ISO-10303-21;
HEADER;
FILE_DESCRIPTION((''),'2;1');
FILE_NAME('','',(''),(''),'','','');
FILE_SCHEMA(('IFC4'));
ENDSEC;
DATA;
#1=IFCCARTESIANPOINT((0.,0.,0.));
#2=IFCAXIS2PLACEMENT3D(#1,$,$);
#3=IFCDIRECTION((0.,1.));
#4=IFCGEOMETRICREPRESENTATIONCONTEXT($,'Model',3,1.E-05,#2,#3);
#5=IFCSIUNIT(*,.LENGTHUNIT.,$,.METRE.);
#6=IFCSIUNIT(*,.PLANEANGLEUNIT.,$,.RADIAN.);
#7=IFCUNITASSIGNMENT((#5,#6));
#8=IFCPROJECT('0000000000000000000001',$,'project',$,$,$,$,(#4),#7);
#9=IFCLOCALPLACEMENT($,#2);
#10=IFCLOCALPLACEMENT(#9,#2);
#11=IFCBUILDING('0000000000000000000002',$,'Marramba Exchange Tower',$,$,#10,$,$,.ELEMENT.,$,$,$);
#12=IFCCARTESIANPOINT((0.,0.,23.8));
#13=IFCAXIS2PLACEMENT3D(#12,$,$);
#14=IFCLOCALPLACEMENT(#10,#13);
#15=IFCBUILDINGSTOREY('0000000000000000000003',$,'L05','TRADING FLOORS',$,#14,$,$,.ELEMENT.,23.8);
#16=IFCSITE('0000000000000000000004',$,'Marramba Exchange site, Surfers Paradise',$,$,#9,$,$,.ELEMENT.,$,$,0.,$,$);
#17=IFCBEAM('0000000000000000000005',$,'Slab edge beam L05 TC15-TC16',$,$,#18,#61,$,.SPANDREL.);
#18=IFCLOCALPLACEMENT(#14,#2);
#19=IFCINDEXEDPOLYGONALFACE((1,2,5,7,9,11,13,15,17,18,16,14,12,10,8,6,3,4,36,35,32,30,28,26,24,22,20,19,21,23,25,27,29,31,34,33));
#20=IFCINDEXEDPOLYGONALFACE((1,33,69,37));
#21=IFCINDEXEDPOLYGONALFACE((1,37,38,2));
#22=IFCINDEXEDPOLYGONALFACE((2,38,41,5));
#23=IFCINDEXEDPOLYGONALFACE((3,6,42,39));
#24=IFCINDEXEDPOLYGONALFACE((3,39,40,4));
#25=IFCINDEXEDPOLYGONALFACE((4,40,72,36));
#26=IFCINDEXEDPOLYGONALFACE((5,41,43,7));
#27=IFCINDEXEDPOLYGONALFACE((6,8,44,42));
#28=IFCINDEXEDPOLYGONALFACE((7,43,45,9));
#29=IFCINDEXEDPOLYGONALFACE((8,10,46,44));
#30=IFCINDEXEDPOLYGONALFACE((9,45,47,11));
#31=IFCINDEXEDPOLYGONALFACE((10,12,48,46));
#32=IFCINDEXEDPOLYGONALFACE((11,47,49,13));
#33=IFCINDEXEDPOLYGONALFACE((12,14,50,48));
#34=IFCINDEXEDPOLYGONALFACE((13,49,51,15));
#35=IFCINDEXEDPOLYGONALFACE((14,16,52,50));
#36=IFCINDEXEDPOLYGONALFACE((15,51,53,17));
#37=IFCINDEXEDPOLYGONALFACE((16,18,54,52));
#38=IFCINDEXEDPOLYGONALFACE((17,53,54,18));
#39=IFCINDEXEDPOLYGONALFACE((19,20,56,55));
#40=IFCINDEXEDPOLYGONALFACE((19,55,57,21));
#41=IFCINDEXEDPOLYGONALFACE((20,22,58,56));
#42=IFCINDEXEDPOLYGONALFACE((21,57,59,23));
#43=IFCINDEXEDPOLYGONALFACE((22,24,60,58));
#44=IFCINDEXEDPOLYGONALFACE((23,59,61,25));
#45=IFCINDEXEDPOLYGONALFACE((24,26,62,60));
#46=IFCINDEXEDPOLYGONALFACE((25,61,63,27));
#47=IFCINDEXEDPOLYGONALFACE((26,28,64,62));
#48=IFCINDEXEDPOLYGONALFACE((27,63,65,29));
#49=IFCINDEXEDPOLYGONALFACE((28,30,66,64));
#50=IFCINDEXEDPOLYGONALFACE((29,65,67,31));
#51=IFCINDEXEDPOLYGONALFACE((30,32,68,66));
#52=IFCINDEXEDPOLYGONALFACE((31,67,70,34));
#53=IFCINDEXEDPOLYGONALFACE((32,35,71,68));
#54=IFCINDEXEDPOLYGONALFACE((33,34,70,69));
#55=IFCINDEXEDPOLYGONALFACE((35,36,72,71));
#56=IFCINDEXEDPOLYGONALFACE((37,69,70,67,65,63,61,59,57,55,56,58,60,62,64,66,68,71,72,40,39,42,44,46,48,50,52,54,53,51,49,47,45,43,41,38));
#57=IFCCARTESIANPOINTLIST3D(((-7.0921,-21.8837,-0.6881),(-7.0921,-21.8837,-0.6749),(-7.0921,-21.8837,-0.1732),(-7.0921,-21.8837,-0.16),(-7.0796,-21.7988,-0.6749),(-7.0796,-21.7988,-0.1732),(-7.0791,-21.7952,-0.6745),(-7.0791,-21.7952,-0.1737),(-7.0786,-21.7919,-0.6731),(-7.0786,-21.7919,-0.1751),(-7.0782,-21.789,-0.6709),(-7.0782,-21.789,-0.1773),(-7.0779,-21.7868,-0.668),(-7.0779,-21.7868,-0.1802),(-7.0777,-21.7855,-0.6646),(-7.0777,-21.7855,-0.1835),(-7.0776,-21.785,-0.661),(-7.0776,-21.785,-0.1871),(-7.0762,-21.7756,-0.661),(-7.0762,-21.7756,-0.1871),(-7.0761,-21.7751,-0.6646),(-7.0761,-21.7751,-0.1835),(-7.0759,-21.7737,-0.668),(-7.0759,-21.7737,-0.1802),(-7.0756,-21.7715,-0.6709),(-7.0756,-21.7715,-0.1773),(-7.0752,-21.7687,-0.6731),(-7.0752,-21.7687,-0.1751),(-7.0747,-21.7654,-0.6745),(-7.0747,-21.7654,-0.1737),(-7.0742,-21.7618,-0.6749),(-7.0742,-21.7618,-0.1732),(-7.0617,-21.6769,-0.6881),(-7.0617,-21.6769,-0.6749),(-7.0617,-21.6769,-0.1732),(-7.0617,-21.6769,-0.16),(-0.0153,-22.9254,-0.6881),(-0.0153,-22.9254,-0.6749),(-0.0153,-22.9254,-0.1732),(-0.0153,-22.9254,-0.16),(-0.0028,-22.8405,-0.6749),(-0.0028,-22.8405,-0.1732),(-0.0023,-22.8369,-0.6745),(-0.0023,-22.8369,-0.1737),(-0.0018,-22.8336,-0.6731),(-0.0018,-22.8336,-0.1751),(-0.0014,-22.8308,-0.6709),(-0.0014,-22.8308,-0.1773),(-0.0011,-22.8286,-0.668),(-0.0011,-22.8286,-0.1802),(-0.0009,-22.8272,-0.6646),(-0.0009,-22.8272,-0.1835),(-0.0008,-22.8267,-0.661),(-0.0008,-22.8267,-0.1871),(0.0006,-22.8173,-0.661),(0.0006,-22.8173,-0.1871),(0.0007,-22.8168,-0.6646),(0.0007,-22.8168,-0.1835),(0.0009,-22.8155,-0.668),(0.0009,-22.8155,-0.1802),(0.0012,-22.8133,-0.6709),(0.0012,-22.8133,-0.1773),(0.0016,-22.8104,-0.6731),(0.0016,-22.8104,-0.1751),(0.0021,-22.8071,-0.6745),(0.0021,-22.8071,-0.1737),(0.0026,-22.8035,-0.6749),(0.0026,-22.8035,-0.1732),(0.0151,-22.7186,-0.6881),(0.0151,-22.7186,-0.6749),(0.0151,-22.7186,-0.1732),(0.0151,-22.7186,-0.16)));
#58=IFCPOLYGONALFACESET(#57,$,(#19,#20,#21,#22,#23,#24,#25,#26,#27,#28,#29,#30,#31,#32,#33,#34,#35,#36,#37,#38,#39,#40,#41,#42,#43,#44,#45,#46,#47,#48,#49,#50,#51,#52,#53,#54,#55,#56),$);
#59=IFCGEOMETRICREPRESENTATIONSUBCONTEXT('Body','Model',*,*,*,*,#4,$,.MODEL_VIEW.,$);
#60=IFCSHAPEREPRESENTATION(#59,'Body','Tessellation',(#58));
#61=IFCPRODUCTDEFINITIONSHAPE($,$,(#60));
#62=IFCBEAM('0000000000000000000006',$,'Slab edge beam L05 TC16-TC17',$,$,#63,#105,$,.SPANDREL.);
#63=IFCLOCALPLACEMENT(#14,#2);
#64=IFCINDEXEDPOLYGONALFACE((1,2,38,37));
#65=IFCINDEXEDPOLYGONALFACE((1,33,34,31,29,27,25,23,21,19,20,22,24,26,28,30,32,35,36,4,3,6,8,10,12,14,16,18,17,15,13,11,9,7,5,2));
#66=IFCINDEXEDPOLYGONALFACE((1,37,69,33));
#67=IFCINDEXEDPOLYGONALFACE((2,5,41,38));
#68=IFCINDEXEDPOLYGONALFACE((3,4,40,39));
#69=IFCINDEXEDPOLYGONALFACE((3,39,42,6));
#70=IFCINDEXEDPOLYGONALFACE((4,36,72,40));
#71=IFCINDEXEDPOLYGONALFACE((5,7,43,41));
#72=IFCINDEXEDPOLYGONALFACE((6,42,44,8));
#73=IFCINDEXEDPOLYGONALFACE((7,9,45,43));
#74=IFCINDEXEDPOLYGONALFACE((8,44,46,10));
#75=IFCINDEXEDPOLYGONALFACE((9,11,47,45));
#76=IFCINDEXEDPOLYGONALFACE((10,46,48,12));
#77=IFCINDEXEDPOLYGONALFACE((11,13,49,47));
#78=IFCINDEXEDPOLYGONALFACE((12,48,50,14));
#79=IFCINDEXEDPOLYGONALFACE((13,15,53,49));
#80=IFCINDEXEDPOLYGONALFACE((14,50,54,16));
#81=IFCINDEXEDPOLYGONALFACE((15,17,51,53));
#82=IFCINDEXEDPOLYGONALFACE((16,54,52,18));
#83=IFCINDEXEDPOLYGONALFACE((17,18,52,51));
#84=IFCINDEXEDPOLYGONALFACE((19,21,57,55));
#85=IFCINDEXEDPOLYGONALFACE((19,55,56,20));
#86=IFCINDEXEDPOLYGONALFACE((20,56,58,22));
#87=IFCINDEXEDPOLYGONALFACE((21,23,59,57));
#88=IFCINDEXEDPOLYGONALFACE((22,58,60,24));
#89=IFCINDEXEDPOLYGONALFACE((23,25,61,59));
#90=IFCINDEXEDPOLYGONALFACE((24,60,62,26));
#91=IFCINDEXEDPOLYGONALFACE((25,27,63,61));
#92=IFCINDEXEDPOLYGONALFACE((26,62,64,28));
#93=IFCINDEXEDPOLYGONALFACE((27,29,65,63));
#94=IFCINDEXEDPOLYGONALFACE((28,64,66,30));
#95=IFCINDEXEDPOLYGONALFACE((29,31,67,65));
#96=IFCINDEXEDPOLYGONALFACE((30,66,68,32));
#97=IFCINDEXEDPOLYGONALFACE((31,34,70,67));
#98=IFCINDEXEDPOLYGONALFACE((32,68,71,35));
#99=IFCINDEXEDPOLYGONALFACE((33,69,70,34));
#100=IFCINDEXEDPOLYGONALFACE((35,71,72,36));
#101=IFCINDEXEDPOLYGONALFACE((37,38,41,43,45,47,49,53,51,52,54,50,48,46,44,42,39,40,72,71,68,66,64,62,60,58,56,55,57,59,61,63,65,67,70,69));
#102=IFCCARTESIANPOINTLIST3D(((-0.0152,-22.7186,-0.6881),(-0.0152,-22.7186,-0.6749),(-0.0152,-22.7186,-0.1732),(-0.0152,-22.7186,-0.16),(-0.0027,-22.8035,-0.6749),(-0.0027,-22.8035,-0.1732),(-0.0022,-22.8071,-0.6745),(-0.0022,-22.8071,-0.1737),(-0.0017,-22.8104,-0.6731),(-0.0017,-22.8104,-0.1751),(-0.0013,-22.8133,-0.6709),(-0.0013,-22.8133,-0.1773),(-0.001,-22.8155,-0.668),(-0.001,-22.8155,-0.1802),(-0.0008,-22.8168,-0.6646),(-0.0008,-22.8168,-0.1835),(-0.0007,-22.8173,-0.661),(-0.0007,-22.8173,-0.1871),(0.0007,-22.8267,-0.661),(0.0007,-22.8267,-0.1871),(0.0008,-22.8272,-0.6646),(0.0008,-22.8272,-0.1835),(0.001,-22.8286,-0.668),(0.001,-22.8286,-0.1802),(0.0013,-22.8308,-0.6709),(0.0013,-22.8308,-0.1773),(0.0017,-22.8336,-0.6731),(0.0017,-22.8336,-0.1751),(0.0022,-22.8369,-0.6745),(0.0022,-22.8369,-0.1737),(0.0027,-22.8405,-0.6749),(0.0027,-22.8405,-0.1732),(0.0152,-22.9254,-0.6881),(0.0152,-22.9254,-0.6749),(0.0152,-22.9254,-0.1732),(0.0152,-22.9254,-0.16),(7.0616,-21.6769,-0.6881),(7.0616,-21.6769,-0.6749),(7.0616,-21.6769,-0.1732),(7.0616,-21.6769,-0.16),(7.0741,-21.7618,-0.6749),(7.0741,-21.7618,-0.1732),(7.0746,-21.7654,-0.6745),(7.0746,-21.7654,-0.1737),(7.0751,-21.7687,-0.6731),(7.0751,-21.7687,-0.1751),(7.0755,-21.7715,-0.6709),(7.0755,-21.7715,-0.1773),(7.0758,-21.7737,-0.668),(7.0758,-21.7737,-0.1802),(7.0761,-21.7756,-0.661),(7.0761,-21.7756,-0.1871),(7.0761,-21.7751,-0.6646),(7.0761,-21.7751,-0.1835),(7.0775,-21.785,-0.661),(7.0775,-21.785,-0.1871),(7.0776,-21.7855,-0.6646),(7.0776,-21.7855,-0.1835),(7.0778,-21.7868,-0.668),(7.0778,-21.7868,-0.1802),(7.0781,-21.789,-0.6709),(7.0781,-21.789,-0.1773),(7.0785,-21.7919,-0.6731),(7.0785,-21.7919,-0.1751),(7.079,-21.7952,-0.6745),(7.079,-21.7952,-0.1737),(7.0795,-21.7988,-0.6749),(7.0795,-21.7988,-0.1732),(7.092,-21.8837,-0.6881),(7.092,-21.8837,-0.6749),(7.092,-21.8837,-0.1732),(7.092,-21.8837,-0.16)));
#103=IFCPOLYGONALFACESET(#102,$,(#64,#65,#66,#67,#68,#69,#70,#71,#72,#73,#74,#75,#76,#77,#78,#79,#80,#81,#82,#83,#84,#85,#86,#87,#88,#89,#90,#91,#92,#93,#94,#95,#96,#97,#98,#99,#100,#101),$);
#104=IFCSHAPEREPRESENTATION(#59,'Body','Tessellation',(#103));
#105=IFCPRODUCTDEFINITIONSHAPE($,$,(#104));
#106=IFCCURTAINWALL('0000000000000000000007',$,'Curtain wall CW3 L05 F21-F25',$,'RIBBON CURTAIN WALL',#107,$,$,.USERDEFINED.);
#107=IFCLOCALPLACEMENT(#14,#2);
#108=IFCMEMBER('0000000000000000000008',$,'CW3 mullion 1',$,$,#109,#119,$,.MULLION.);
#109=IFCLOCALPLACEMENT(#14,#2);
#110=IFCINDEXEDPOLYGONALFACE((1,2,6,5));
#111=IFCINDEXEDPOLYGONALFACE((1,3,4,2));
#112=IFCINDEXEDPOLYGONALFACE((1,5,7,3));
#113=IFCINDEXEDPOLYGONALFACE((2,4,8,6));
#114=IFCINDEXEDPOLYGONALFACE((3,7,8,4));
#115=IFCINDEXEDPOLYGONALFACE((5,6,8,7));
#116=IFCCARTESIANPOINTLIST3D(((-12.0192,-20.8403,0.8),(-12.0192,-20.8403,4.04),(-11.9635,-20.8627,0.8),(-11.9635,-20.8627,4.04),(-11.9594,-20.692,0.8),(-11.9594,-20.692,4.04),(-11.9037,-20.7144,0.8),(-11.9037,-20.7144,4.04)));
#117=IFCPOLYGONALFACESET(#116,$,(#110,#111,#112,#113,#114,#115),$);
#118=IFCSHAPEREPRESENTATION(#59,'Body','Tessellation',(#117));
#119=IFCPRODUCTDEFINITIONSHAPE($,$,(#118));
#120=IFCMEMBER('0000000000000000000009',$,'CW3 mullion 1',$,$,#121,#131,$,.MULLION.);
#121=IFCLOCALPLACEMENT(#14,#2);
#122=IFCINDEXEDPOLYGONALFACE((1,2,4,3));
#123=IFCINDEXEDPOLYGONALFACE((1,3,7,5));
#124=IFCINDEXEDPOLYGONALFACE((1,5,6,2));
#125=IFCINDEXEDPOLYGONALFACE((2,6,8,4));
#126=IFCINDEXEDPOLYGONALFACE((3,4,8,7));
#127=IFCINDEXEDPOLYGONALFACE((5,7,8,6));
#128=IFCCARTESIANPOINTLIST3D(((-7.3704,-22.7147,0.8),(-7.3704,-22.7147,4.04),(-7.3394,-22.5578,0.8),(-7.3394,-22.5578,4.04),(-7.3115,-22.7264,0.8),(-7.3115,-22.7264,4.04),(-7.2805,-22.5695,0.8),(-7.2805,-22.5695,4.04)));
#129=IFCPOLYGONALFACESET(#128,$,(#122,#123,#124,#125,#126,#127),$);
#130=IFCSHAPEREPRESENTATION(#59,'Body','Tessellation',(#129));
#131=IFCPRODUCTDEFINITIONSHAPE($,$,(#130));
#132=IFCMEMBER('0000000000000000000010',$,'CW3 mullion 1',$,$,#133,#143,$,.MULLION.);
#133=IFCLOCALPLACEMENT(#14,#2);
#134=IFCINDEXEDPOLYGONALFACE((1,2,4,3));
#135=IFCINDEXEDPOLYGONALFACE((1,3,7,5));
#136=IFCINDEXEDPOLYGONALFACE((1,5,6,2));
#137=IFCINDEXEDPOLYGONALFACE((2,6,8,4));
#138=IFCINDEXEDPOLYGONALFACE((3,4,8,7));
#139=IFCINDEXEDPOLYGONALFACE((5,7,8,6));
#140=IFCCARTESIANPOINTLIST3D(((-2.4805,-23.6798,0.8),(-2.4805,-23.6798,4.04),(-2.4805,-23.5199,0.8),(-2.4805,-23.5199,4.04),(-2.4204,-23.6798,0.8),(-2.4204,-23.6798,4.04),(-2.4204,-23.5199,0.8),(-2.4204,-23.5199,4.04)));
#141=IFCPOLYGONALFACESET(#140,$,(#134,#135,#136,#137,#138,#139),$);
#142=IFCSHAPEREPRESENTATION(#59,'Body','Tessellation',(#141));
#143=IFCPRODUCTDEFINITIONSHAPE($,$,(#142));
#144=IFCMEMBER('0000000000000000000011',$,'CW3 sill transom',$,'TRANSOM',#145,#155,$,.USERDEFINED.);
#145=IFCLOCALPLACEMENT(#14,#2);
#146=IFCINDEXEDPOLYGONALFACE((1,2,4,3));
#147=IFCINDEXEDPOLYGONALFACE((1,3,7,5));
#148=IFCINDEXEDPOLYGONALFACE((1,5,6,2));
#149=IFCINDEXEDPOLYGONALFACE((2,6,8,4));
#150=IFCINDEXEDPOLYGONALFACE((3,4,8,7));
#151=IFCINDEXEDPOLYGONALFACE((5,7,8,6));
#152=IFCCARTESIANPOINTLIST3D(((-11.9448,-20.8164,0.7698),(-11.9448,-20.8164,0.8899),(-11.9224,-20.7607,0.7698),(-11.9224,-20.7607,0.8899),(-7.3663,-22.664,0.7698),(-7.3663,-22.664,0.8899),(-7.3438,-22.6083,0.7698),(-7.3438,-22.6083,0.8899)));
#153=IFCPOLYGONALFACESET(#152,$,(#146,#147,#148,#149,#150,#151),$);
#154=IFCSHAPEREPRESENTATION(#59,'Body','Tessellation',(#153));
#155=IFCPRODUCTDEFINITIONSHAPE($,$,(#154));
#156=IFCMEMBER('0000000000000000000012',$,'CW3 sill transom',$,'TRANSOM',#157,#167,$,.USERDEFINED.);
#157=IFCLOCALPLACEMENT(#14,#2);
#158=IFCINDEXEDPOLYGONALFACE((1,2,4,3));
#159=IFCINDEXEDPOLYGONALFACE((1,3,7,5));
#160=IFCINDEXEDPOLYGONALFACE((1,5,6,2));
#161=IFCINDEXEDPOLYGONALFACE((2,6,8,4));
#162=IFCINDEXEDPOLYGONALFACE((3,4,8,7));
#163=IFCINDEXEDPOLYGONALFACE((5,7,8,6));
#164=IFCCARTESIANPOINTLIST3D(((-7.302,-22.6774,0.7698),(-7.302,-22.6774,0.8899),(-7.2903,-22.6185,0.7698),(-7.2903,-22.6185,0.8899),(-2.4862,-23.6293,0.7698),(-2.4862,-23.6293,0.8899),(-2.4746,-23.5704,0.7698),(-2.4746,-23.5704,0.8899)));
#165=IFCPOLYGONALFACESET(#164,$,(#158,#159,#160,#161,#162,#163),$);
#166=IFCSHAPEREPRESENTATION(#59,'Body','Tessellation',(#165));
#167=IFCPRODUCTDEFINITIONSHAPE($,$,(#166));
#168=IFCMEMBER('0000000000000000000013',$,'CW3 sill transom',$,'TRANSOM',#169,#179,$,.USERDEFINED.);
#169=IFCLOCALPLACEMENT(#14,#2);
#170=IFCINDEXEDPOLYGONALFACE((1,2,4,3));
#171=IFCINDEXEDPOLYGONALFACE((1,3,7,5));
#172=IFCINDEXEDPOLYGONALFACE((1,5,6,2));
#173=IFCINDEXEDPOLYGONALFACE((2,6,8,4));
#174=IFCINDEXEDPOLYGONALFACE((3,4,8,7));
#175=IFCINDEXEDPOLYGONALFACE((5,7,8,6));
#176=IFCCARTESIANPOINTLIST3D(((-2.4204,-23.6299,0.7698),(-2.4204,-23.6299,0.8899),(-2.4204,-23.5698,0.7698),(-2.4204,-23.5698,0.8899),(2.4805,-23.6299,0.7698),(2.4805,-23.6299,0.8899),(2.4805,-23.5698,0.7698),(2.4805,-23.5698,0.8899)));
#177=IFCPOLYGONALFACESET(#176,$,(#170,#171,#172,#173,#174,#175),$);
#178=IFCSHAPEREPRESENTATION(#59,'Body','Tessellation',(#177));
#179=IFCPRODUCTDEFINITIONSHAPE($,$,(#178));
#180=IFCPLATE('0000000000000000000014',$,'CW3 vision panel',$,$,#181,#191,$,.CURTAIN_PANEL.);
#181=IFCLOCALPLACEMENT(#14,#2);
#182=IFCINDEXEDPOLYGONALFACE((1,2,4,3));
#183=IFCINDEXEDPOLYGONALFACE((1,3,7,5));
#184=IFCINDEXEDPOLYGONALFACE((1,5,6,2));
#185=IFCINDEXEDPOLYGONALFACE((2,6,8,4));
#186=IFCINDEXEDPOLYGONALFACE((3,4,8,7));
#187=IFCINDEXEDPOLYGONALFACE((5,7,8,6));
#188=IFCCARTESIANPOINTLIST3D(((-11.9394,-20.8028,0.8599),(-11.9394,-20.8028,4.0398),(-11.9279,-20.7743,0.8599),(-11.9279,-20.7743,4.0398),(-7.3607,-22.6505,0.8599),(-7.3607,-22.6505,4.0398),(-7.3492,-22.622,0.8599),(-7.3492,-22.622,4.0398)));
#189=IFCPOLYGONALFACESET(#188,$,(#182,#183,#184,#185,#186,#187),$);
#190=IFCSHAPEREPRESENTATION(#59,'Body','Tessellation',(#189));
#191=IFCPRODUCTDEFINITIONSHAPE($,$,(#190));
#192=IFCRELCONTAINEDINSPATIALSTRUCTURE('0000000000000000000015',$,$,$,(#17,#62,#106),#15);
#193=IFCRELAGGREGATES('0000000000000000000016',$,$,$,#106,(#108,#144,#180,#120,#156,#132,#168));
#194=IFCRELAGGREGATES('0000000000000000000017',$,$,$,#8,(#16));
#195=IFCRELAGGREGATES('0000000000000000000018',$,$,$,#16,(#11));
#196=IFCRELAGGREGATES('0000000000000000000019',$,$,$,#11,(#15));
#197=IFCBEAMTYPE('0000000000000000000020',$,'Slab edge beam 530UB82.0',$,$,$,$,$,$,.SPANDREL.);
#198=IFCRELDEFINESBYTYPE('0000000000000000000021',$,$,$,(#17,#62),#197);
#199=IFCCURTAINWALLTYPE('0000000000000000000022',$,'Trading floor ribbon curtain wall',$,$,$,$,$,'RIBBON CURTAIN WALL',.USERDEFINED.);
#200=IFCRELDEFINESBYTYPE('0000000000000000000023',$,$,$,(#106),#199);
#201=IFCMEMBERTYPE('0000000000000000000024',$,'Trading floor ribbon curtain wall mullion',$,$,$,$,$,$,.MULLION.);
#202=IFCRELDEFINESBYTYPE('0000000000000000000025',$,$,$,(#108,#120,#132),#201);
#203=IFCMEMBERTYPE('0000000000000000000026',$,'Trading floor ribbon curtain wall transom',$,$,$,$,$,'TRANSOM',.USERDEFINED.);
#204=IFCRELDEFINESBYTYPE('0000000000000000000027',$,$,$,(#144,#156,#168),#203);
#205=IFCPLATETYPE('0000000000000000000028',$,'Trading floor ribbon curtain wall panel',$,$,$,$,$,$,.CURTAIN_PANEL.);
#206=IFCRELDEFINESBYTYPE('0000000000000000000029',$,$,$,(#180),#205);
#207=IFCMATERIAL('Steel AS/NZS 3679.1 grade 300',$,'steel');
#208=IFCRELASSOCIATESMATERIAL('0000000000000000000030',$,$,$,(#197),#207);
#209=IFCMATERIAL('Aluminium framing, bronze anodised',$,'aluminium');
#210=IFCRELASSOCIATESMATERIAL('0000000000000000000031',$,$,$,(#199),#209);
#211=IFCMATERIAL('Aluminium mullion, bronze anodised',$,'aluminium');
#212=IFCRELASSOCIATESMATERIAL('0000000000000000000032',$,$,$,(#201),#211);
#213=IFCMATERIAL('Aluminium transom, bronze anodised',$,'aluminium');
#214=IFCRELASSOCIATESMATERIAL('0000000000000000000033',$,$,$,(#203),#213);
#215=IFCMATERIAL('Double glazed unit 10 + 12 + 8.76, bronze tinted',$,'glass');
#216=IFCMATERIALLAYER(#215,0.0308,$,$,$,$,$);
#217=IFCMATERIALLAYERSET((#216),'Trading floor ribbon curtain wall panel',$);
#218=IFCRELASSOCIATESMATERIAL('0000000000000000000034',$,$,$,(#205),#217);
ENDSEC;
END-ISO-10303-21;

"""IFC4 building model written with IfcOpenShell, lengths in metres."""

from ifc_helpers import new_model, si_unit, direction, frame, origin, origin_2d, place, context, subcontext, project, spatial, rectangle, i_section, extrude, material, layer, layer_set, material_profile, profile_set, type_object, element, aggregate, save


model = new_model("IFC4")

# Units and contexts
model_context = context("Model", 3, precision=1e-05, world=origin(), true_north=direction((0.0, 1.0)))
body_context = subcontext(model_context, "Body", "Model", "MODEL_VIEW")
ifc_project = project(units=[si_unit("LENGTHUNIT", "METRE"), si_unit("PLANEANGLEUNIT", "RADIAN")], contexts=[model_context])

# Site, building, storey
site_placement = place(None, origin())
site = spatial("IfcSite", under=ifc_project, at=site_placement, Name="Marramba Exchange site, Surfers Paradise", CompositionType="ELEMENT", RefElevation=0.0)
building_placement = place(site_placement, origin())
building = spatial("IfcBuilding", under=site, at=building_placement, Name="Marramba Exchange Tower", CompositionType="ELEMENT")
storey_placement = place(building_placement, frame((0.0, 0.0, 23.8)))
storey = spatial("IfcBuildingStorey", under=building, at=storey_placement, Name="L05", Description="TRADING FLOORS", CompositionType="ELEMENT", Elevation=23.8)

# Beams
ifc_material_1 = material(Name="Steel AS/NZS 3679.1 grade 300", Category="steel")
ifc_material_profile_1 = material_profile(ifc_material_1, i_section(OverallWidth=0.209, OverallDepth=0.5281, WebThickness=0.0095, FlangeThickness=0.0132, FilletRadius=0.0139, at=origin_2d()), Name="530UB82.0")
ifc_profile_set_1 = profile_set([ifc_material_profile_1], Name="Steel AS/NZS 3679.1 grade 300")
beam_type_1 = type_object("IfcBeamType", Name="Slab edge beam 530UB82.0", PredefinedType="SPANDREL", material=ifc_profile_set_1)
for number, where, z_axis, x_axis, name in (
    (1, (-7.0769, -21.7803, -0.4241), (0.989338, -0.145634, 0.0), (0.145634, 0.989338, 0.0), "Slab edge beam L05 TC15-TC16"),
    (2, (0.0, -22.822, -0.4241), (0.989338, 0.145634, 0.0), (-0.145634, 0.989338, 0.0), "Slab edge beam L05 TC16-TC17"),
):
    element("IfcBeam", number, at=place(storey_placement, frame(where, z_axis=z_axis, x_axis=x_axis)), inside=storey, type_object=beam_type_1, Name=name, PredefinedType="SPANDREL", context=body_context, shape_type="SweptSolid", body=[
        extrude(i_section(OverallWidth=0.209, OverallDepth=0.5281, WebThickness=0.0095, FlangeThickness=0.0132, FilletRadius=0.0139, at=origin_2d()), origin(), (0.0, 0.0, 1.0), 7.1531),
    ])

# Curtain wall, members, plate
ifc_material_2 = material(Name="Aluminium framing, bronze anodised", Category="aluminium")
curtain_wall_type = type_object("IfcCurtainWallType", Name="Trading floor ribbon curtain wall", ElementType="RIBBON CURTAIN WALL", PredefinedType="USERDEFINED", material=ifc_material_2)
curtain_wall_placement = place(storey_placement, origin())
curtain_wall = element("IfcCurtainWall", 3, at=curtain_wall_placement, inside=storey, type_object=curtain_wall_type, Name="Curtain wall CW3 L05 F21-F25", ObjectType="RIBBON CURTAIN WALL", PredefinedType="USERDEFINED")
ifc_material_3 = material(Name="Aluminium mullion, bronze anodised", Category="aluminium")
ifc_material_profile_2 = material_profile(ifc_material_3, rectangle(XDim=0.1599, YDim=0.0601, at=origin_2d()), Name="CW3 mullion 60x160")
ifc_profile_set_2 = profile_set([ifc_material_profile_2], Name="Aluminium mullion, bronze anodised")
member_type_1 = type_object("IfcMemberType", Name="Trading floor ribbon curtain wall mullion", PredefinedType="MULLION", material=ifc_profile_set_2)
member_1_placement = place(storey_placement, frame((-11.9614, -20.7773, 0.8), z_axis=(0.0, 0.0, 1.0), x_axis=(0.374218, 0.927341, 0.0)))
member_1 = element("IfcMember", 4, at=member_1_placement, type_object=member_type_1, Name="CW3 mullion 1", PredefinedType="MULLION", context=body_context, shape_type="SweptSolid", body=[
    extrude(rectangle(XDim=0.1599, YDim=0.0601, at=origin_2d()), origin(), (0.0, 0.0, 1.0), 3.24),
])
member_2_placement = place(storey_placement, frame((-7.3254, -22.6421, 0.8), z_axis=(0.0, 0.0, 1.0), x_axis=(0.193961, 0.981009, 0.0)))
member_2 = element("IfcMember", 5, at=member_2_placement, type_object=member_type_1, Name="CW3 mullion 1", PredefinedType="MULLION", context=body_context, shape_type="SweptSolid", body=[
    extrude(rectangle(XDim=0.1599, YDim=0.0601, at=origin_2d()), origin(), (0.0, 0.0, 1.0), 3.24),
])
member_3_placement = place(storey_placement, frame((-2.4504, -23.5999, 0.8), z_axis=(0.0, 0.0, 1.0), x_axis=(0.0, 1.0, 0.0)))
member_3 = element("IfcMember", 6, at=member_3_placement, type_object=member_type_1, Name="CW3 mullion 1", PredefinedType="MULLION", context=body_context, shape_type="SweptSolid", body=[
    extrude(rectangle(XDim=0.1599, YDim=0.0601, at=origin_2d()), origin(), (0.0, 0.0, 1.0), 3.24),
])
ifc_material_4 = material(Name="Aluminium transom, bronze anodised", Category="aluminium")
ifc_material_profile_3 = material_profile(ifc_material_4, rectangle(XDim=0.0601, YDim=0.1201, at=origin_2d()), Name="CW3 transom 60x120")
ifc_profile_set_3 = profile_set([ifc_material_profile_3], Name="Aluminium transom, bronze anodised")
member_type_2 = type_object("IfcMemberType", Name="Trading floor ribbon curtain wall transom", ElementType="TRANSOM", PredefinedType="USERDEFINED", material=ifc_profile_set_3)
member_4_placement = place(storey_placement, frame((-11.9336, -20.7886, 0.8298), z_axis=(0.92734, -0.374219, 0.0), x_axis=(0.374219, 0.92734, 0.0)))
member_4 = element("IfcMember", 7, at=member_4_placement, type_object=member_type_2, Name="CW3 sill transom", ObjectType="TRANSOM", PredefinedType="USERDEFINED", context=body_context, shape_type="SweptSolid", body=[
    extrude(rectangle(XDim=0.0601, YDim=0.1201, at=origin_2d()), origin(), (0.0, 0.0, 1.0), 4.9373),
])
member_5_placement = place(storey_placement, frame((-7.2961, -22.6479, 0.8298), z_axis=(0.981018, -0.193916, 0.0), x_axis=(0.193916, 0.981018, 0.0)))
member_5 = element("IfcMember", 8, at=member_5_placement, type_object=member_type_2, Name="CW3 sill transom", ObjectType="TRANSOM", PredefinedType="USERDEFINED", context=body_context, shape_type="SweptSolid", body=[
    extrude(rectangle(XDim=0.0601, YDim=0.1201, at=origin_2d()), origin(), (0.0, 0.0, 1.0), 4.9089),
])
member_6_placement = place(storey_placement, frame((-2.4204, -23.5999, 0.8298), z_axis=(1.0, 0.0, 0.0), x_axis=(0.0, 1.0, 0.0)))
member_6 = element("IfcMember", 9, at=member_6_placement, type_object=member_type_2, Name="CW3 sill transom", ObjectType="TRANSOM", PredefinedType="USERDEFINED", context=body_context, shape_type="SweptSolid", body=[
    extrude(rectangle(XDim=0.0601, YDim=0.1201, at=origin_2d()), origin(), (0.0, 0.0, 1.0), 4.9009),
])
ifc_material_5 = material(Name="Double glazed unit 10 + 12 + 8.76, bronze tinted", Category="glass")
ifc_layer_1 = layer(ifc_material_5, 0.0308)
ifc_layer_set_1 = layer_set([ifc_layer_1], Name="Trading floor ribbon curtain wall panel")
plate_type = type_object("IfcPlateType", Name="Trading floor ribbon curtain wall panel", PredefinedType="CURTAIN_PANEL", material=ifc_layer_set_1)
plate_1_placement = place(storey_placement, frame((-9.6443, -21.7124, 0.8599), z_axis=(0.0, 0.0, 1.0), x_axis=(0.927341, -0.374218, 0.0)))
plate_1 = element("IfcPlate", 10, at=plate_1_placement, type_object=plate_type, Name="CW3 vision panel", PredefinedType="CURTAIN_PANEL", context=body_context, shape_type="SweptSolid", body=[
    extrude(rectangle(XDim=4.9375, YDim=0.0308, at=origin_2d()), origin(), (0.0, 0.0, 1.0), 3.1799),
])
aggregate(curtain_wall, [member_1, member_4, plate_1, member_2, member_5, member_3, member_6])

save(model, "model.ifc")
